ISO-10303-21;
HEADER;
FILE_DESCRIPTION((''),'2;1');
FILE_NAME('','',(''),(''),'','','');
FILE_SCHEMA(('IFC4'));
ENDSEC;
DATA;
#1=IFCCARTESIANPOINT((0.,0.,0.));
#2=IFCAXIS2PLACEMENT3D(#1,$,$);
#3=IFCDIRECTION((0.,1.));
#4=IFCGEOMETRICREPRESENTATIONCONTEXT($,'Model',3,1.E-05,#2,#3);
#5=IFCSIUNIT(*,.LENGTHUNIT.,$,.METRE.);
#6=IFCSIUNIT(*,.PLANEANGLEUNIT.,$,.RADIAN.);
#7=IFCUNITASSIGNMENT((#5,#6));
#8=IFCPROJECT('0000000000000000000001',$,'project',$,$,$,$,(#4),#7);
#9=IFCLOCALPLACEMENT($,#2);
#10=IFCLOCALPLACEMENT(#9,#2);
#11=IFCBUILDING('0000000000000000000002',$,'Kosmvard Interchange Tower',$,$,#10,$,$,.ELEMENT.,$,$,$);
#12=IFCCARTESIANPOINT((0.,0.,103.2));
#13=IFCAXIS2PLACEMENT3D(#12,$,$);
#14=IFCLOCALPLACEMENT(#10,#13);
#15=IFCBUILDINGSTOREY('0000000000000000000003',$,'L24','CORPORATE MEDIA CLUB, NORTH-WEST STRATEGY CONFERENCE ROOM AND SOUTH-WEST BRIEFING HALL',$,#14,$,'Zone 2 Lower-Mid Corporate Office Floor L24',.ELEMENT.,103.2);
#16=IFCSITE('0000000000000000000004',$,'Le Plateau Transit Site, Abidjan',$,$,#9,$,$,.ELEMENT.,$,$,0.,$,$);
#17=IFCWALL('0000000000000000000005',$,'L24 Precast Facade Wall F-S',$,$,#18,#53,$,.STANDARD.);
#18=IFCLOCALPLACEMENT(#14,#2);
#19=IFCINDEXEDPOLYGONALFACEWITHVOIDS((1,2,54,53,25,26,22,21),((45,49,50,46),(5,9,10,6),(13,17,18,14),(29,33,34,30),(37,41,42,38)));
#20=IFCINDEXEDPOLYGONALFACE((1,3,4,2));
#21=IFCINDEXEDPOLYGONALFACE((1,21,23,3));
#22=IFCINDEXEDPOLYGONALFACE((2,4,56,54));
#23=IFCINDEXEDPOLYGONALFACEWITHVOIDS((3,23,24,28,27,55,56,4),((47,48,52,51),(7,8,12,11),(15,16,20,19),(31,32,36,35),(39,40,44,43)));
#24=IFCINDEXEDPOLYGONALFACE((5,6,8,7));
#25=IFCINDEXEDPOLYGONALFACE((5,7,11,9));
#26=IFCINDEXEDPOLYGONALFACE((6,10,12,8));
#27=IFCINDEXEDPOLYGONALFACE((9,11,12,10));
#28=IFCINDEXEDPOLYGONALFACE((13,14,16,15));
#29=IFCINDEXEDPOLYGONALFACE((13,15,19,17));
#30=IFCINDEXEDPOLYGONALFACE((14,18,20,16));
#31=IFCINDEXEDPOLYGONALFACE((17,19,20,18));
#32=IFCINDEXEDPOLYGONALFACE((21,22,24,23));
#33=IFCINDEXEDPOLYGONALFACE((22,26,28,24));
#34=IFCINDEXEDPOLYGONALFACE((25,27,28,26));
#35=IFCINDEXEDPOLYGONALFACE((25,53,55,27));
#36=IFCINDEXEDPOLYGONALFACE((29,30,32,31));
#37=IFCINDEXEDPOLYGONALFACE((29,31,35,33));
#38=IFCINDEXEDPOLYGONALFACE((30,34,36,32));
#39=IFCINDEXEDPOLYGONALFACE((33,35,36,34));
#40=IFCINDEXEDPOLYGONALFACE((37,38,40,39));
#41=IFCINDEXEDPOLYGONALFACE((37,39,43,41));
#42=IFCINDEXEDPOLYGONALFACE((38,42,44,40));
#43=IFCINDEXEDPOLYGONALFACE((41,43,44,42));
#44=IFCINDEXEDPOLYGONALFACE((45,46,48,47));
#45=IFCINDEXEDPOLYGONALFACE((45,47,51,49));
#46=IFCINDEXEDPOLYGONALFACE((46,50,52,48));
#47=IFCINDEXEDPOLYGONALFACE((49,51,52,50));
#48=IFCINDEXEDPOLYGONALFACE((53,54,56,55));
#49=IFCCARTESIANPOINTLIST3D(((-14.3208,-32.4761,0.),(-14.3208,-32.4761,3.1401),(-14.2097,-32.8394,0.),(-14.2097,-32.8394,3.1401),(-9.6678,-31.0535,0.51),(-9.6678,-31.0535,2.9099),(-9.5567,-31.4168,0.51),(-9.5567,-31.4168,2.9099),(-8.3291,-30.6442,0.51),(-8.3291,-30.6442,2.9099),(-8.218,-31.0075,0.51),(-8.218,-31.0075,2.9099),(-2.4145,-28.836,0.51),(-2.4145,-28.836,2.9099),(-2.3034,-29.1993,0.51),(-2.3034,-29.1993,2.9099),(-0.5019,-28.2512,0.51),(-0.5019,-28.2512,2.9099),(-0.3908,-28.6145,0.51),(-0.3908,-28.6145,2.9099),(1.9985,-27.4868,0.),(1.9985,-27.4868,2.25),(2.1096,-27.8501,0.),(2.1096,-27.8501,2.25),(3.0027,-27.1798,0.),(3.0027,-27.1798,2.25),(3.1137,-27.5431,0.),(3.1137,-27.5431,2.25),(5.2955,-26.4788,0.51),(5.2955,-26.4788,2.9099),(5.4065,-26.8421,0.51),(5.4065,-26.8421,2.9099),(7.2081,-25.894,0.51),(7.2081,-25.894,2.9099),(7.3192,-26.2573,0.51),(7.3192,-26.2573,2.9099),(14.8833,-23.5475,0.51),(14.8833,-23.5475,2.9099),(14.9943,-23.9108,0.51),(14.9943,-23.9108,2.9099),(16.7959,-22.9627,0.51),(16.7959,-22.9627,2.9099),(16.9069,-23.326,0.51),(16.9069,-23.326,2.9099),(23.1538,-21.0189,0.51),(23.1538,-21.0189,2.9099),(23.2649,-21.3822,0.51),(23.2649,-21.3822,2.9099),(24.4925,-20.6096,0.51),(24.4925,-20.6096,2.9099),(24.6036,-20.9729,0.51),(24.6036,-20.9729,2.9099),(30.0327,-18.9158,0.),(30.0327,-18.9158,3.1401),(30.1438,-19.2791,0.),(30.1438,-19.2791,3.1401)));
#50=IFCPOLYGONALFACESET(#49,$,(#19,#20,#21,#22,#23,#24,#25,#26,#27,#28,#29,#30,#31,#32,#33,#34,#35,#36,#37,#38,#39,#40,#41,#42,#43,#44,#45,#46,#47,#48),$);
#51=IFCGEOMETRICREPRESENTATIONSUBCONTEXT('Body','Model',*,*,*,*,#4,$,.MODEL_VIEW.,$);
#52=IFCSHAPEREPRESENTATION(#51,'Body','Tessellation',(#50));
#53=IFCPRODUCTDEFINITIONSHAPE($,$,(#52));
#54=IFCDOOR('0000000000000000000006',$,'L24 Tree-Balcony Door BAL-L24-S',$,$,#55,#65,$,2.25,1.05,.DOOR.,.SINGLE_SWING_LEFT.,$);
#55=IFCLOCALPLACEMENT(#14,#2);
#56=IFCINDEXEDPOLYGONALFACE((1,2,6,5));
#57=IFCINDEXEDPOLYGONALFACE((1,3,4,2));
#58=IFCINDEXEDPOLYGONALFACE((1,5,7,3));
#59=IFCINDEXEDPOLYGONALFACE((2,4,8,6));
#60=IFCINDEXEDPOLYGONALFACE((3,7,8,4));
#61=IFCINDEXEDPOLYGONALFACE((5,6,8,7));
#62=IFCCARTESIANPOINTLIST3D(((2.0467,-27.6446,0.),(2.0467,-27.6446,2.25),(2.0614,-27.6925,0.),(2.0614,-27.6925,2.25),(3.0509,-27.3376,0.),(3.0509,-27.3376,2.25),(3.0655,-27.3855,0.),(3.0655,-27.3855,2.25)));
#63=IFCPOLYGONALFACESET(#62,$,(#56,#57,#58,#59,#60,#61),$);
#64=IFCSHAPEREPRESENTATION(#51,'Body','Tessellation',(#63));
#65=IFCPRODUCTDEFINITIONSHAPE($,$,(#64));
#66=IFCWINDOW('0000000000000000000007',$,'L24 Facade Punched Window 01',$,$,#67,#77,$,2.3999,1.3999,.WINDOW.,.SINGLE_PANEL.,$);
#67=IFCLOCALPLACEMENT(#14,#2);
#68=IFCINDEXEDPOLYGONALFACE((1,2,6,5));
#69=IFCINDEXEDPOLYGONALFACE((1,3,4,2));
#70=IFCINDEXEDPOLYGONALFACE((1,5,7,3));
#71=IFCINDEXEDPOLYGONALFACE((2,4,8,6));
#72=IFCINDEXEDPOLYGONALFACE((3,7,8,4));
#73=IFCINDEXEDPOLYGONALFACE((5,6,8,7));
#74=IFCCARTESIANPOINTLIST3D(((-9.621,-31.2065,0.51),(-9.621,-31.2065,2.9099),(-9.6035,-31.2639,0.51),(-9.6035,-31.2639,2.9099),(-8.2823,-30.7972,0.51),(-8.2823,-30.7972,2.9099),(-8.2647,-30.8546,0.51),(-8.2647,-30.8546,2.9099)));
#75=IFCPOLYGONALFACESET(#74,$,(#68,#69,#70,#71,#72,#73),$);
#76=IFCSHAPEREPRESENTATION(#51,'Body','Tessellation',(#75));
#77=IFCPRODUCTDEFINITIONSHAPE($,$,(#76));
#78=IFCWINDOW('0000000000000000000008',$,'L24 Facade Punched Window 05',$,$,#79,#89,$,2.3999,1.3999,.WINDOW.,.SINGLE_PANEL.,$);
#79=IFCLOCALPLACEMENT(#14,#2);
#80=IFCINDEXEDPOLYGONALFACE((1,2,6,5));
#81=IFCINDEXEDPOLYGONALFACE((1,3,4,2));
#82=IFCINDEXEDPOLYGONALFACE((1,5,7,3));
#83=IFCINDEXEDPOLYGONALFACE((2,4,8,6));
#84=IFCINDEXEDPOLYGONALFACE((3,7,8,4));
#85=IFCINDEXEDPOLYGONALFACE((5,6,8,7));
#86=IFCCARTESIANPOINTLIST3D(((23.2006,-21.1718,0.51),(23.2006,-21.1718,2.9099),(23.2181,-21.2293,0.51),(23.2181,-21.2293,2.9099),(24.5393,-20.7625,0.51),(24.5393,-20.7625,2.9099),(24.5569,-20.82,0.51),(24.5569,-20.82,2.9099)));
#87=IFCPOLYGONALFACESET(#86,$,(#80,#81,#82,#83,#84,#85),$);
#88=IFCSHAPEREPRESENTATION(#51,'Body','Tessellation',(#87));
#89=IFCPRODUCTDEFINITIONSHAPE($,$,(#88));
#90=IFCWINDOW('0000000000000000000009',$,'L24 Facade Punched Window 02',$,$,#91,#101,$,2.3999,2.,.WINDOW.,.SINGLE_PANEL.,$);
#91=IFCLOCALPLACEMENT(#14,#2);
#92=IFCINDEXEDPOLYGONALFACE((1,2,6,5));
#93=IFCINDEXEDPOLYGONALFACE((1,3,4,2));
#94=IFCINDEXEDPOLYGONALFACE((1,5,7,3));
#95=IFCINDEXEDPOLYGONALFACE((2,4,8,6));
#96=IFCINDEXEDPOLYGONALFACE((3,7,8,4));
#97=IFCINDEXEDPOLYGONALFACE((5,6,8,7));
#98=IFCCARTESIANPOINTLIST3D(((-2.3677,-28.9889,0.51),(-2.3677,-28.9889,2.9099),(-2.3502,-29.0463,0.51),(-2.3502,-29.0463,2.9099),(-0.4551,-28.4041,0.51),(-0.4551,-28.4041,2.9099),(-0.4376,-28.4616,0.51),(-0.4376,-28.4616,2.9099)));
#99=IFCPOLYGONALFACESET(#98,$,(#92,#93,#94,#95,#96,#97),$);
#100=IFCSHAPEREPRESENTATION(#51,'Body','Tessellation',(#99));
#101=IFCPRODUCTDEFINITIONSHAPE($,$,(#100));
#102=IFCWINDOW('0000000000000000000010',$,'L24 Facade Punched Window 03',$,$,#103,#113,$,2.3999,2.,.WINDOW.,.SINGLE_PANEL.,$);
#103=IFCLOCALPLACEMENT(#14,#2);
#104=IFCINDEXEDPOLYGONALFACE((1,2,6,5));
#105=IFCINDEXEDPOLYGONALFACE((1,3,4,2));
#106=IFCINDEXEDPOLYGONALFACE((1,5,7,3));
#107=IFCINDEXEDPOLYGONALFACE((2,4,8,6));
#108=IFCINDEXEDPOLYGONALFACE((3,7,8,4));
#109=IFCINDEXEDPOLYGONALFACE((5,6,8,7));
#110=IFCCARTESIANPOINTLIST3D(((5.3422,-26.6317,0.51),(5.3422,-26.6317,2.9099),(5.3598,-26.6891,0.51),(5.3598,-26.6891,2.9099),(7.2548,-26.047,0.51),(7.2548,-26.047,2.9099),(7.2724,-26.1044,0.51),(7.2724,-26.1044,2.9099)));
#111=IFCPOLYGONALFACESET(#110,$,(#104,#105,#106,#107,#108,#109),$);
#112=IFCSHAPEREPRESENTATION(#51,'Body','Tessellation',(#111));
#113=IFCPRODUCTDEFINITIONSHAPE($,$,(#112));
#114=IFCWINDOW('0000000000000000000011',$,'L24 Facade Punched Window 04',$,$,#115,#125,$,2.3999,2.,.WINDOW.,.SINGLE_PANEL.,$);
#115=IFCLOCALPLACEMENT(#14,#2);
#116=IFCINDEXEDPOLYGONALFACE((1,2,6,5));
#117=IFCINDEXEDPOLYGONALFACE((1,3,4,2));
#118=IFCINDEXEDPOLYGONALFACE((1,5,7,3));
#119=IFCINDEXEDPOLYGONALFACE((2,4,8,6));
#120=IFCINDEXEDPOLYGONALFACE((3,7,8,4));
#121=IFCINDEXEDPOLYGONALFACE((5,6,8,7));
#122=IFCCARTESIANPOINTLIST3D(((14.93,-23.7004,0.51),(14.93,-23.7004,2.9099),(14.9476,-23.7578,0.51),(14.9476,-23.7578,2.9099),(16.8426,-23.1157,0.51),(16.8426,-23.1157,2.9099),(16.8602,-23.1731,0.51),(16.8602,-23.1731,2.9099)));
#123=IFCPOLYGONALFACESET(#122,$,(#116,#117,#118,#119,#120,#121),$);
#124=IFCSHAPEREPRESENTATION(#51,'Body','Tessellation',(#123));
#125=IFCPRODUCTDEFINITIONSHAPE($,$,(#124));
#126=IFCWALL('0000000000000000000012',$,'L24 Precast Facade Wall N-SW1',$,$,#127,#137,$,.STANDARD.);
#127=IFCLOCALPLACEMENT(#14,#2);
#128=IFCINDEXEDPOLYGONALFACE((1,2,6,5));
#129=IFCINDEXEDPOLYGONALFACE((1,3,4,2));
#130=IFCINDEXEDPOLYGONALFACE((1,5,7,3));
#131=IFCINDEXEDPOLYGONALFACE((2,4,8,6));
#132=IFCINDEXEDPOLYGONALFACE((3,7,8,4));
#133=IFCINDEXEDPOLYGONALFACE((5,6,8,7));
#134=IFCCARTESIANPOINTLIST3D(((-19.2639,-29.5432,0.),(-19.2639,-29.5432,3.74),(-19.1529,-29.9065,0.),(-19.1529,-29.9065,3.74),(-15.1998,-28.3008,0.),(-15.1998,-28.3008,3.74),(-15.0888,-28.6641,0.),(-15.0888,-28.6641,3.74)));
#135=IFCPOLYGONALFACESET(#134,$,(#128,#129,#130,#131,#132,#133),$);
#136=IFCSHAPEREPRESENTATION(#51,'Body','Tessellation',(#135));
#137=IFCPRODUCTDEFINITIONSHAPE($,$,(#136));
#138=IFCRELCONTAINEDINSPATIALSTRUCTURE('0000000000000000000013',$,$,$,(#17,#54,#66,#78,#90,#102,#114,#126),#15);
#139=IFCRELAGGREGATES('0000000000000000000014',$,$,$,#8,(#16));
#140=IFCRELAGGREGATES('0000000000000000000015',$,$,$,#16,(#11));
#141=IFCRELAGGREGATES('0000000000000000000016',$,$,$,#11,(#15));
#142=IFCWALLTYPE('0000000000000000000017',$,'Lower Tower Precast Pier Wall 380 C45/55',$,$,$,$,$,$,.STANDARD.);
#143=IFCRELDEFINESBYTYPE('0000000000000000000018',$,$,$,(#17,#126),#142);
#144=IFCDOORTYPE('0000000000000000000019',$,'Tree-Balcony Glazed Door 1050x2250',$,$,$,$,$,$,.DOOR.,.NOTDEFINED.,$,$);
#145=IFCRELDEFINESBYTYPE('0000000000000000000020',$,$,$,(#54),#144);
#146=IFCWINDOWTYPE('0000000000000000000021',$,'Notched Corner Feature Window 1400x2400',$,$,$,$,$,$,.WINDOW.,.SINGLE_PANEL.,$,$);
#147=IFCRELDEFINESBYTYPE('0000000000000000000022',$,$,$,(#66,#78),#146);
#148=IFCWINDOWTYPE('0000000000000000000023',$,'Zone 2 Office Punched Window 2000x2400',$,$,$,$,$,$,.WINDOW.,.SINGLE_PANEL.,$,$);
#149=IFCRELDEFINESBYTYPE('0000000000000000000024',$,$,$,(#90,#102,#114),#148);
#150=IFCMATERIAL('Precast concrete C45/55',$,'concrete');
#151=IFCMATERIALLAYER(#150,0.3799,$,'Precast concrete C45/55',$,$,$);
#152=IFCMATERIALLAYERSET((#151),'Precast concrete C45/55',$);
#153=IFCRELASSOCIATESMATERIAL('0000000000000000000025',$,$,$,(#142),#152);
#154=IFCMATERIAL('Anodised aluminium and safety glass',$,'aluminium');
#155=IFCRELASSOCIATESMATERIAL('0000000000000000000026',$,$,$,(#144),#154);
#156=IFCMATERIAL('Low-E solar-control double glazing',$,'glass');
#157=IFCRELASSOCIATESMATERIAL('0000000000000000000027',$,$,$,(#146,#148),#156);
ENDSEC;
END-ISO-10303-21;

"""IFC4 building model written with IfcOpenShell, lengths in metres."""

from ifc_helpers import new_model, si_unit, direction, frame, frame_2d, origin, place, context, subcontext, project, spatial, rectangle, extrude, source, transform, mapped, material, layer, layer_set, type_object, element, fill, save


model = new_model("IFC4")

# Units and contexts
model_context = context("Model", 3, precision=1e-05, world=origin(), true_north=direction((0.0, 1.0)))
body_context = subcontext(model_context, "Body", "Model", "MODEL_VIEW")
ifc_project = project(units=[si_unit("LENGTHUNIT", "METRE"), si_unit("PLANEANGLEUNIT", "RADIAN")], contexts=[model_context])

# Site, building, storey
site_placement = place(None, origin())
site = spatial("IfcSite", under=ifc_project, at=site_placement, Name="Le Plateau Transit Site, Abidjan", CompositionType="ELEMENT", RefElevation=0.0)
building_placement = place(site_placement, origin())
building = spatial("IfcBuilding", under=site, at=building_placement, Name="Kosmvard Interchange Tower", CompositionType="ELEMENT")
storey_placement = place(building_placement, frame((0.0, 0.0, 103.2)))
storey = spatial("IfcBuildingStorey", under=building, at=storey_placement, Name="L24", Description="CORPORATE MEDIA CLUB, NORTH-WEST STRATEGY CONFERENCE ROOM AND SOUTH-WEST BRIEFING HALL", LongName="Zone 2 Lower-Mid Corporate Office Floor L24", CompositionType="ELEMENT", Elevation=103.2)

# Shared definitions
ifc_material_1 = material(Name="Precast concrete C45/55", Category="concrete")

# Wall, openings, door, windows
ifc_layer_1 = layer(ifc_material_1, 0.3799, Name="Precast concrete C45/55")
ifc_layer_set_1 = layer_set([ifc_layer_1], Name="Precast concrete C45/55")
wall_type_1 = type_object("IfcWallType", Name="Lower Tower Precast Pier Wall 380 C45/55", PredefinedType="STANDARD", material=ifc_layer_set_1)
wall_1_placement = place(storey_placement, frame((-14.2651, -32.6577, 0.0), z_axis=(0.0, 0.0, 1.0), x_axis=(0.956304, 0.292373, 0.0)))
wall_1 = element("IfcWall", 1, at=wall_1_placement, inside=storey, type_object=wall_type_1, Name="L24 Precast Facade Wall F-S", PredefinedType="STANDARD", context=body_context, shape_type="SweptSolid", body=[
    extrude(rectangle(XDim=46.3801, YDim=0.3799, at=frame_2d((23.1899, 0.0))), origin(), (0.0, 0.0, 1.0), 3.1401),
])
opening_1_placement = place(wall_1_placement, frame((17.0649, 0.0, 0.0)))
opening_1 = element("IfcOpeningElement", 2, at=opening_1_placement, cuts=wall_1, PredefinedType="OPENING", context=body_context, shape_type="SweptSolid", body=[
    extrude(rectangle(XDim=1.05, YDim=2.25, at=frame_2d((0.5249, 1.125))), frame((0.0, 0.2, 0.0), z_axis=(0.0, -1.0, 0.0), x_axis=(1.0, 0.0, 0.0)), (0.0, 0.0, 1.0), 0.3999),
])
opening_2_placement = place(wall_1_placement, frame((4.8655, 0.0, 0.51)))
opening_2 = element("IfcOpeningElement", 3, at=opening_2_placement, cuts=wall_1, PredefinedType="OPENING", context=body_context, shape_type="SweptSolid", body=[
    extrude(rectangle(XDim=1.3999, YDim=2.3999, at=frame_2d((0.7, 1.2))), frame((0.0, 0.2, 0.0), z_axis=(0.0, -1.0, 0.0), x_axis=(1.0, 0.0, 0.0)), (0.0, 0.0, 1.0), 0.3999),
])
opening_3_placement = place(wall_1_placement, frame((12.4502, 0.0, 0.51)))
opening_3 = element("IfcOpeningElement", 4, at=opening_3_placement, cuts=wall_1, PredefinedType="OPENING", context=body_context, shape_type="SweptSolid", body=[
    extrude(rectangle(XDim=2.0, YDim=2.3999, at=frame_2d((1.0, 1.2))), frame((0.0, 0.2, 0.0), z_axis=(0.0, -1.0, 0.0), x_axis=(1.0, 0.0, 0.0)), (0.0, 0.0, 1.0), 0.3999),
])
opening_4_placement = place(wall_1_placement, frame((20.5125, 0.0, 0.51)))
opening_4 = element("IfcOpeningElement", 5, at=opening_4_placement, cuts=wall_1, PredefinedType="OPENING", context=body_context, shape_type="SweptSolid", body=[
    extrude(rectangle(XDim=2.0, YDim=2.3999, at=frame_2d((1.0, 1.2))), frame((0.0, 0.2, 0.0), z_axis=(0.0, -1.0, 0.0), x_axis=(1.0, 0.0, 0.0)), (0.0, 0.0, 1.0), 0.3999),
])
opening_5_placement = place(wall_1_placement, frame((30.5383, 0.0, 0.51)))
opening_5 = element("IfcOpeningElement", 6, at=opening_5_placement, cuts=wall_1, PredefinedType="OPENING", context=body_context, shape_type="SweptSolid", body=[
    extrude(rectangle(XDim=2.0, YDim=2.3999, at=frame_2d((1.0, 1.2))), frame((0.0, 0.2, 0.0), z_axis=(0.0, -1.0, 0.0), x_axis=(1.0, 0.0, 0.0)), (0.0, 0.0, 1.0), 0.3999),
])
opening_6_placement = place(wall_1_placement, frame((39.1868, 0.0, 0.51)))
opening_6 = element("IfcOpeningElement", 7, at=opening_6_placement, cuts=wall_1, PredefinedType="OPENING", context=body_context, shape_type="SweptSolid", body=[
    extrude(rectangle(XDim=1.3999, YDim=2.3999, at=frame_2d((0.7, 1.2))), frame((0.0, 0.2, 0.0), z_axis=(0.0, -1.0, 0.0), x_axis=(1.0, 0.0, 0.0)), (0.0, 0.0, 1.0), 0.3999),
])
ifc_material_2 = material(Name="Anodised aluminium and safety glass", Category="aluminium")
door_type = type_object("IfcDoorType", Name="Tree-Balcony Glazed Door 1050x2250", OperationType="NOTDEFINED", PredefinedType="DOOR", material=ifc_material_2)
shared_shape_1 = source(origin(), body_context, "Body", "SweptSolid", [
    extrude(rectangle(XDim=1.05, YDim=2.25, at=frame_2d((0.5249, 1.125))), frame((0.0, 0.0249, 0.0), z_axis=(0.0, -1.0, 0.0), x_axis=(1.0, 0.0, 0.0)), (0.0, 0.0, 1.0), 0.05),
])
door_placement = place(opening_1_placement, origin())
door = element("IfcDoor", 8, at=door_placement, inside=storey, type_object=door_type, Name="L24 Tree-Balcony Door BAL-L24-S", OperationType="SINGLE_SWING_LEFT", OverallHeight=2.25, OverallWidth=1.05, PredefinedType="DOOR", context=body_context, shape_type="MappedRepresentation", body=[
    mapped(shared_shape_1, transform((0.0, 0.0, 0.0), scale=1.0)),
])
fill(opening_1, door)
ifc_material_3 = material(Name="Low-E solar-control double glazing", Category="glass")
window_type_1 = type_object("IfcWindowType", Name="Notched Corner Feature Window 1400x2400", PartitioningType="SINGLE_PANEL", PredefinedType="WINDOW", material=ifc_material_3)
shared_shape_2 = source(origin(), body_context, "Body", "SweptSolid", [
    extrude(rectangle(XDim=1.3999, YDim=2.3999, at=frame_2d((0.7, 1.2))), frame((0.0, 0.03, 0.0), z_axis=(0.0, -1.0, 0.0), x_axis=(1.0, 0.0, 0.0)), (0.0, 0.0, 1.0), 0.0601),
])
window_1_placement = place(opening_2_placement, origin())
window_1 = element("IfcWindow", 9, at=window_1_placement, inside=storey, type_object=window_type_1, Name="L24 Facade Punched Window 01", OverallHeight=2.3999, OverallWidth=1.3999, PartitioningType="SINGLE_PANEL", PredefinedType="WINDOW", context=body_context, shape_type="MappedRepresentation", body=[
    mapped(shared_shape_2, transform((0.0, 0.0, 0.0), scale=1.0)),
])
fill(opening_2, window_1)
window_2_placement = place(opening_6_placement, origin())
window_2 = element("IfcWindow", 10, at=window_2_placement, inside=storey, type_object=window_type_1, Name="L24 Facade Punched Window 05", OverallHeight=2.3999, OverallWidth=1.3999, PartitioningType="SINGLE_PANEL", PredefinedType="WINDOW", context=body_context, shape_type="MappedRepresentation", body=[
    mapped(shared_shape_2, transform((0.0, 0.0, 0.0), scale=1.0)),
])
fill(opening_6, window_2)
window_type_2 = type_object("IfcWindowType", Name="Zone 2 Office Punched Window 2000x2400", PartitioningType="SINGLE_PANEL", PredefinedType="WINDOW", material=ifc_material_3)
shared_shape_3 = source(origin(), body_context, "Body", "SweptSolid", [
    extrude(rectangle(XDim=2.0, YDim=2.3999, at=frame_2d((1.0, 1.2))), frame((0.0, 0.03, 0.0), z_axis=(0.0, -1.0, 0.0), x_axis=(1.0, 0.0, 0.0)), (0.0, 0.0, 1.0), 0.0601),
])
window_3_placement = place(opening_3_placement, origin())
window_3 = element("IfcWindow", 11, at=window_3_placement, inside=storey, type_object=window_type_2, Name="L24 Facade Punched Window 02", OverallHeight=2.3999, OverallWidth=2.0, PartitioningType="SINGLE_PANEL", PredefinedType="WINDOW", context=body_context, shape_type="MappedRepresentation", body=[
    mapped(shared_shape_3, transform((0.0, 0.0, 0.0), scale=1.0)),
])
fill(opening_3, window_3)
window_4_placement = place(opening_4_placement, origin())
window_4 = element("IfcWindow", 12, at=window_4_placement, inside=storey, type_object=window_type_2, Name="L24 Facade Punched Window 03", OverallHeight=2.3999, OverallWidth=2.0, PartitioningType="SINGLE_PANEL", PredefinedType="WINDOW", context=body_context, shape_type="MappedRepresentation", body=[
    mapped(shared_shape_3, transform((0.0, 0.0, 0.0), scale=1.0)),
])
fill(opening_4, window_4)
window_5_placement = place(opening_5_placement, origin())
window_5 = element("IfcWindow", 13, at=window_5_placement, inside=storey, type_object=window_type_2, Name="L24 Facade Punched Window 04", OverallHeight=2.3999, OverallWidth=2.0, PartitioningType="SINGLE_PANEL", PredefinedType="WINDOW", context=body_context, shape_type="MappedRepresentation", body=[
    mapped(shared_shape_3, transform((0.0, 0.0, 0.0), scale=1.0)),
])
fill(opening_5, window_5)

# Wall
wall_2_placement = place(storey_placement, frame((-19.2085, -29.7249, 0.0), z_axis=(0.0, 0.0, 1.0), x_axis=(0.956313, 0.292346, 0.0)))
element("IfcWall", 14, at=wall_2_placement, inside=storey, type_object=wall_type_1, Name="L24 Precast Facade Wall N-SW1", PredefinedType="STANDARD", context=body_context, shape_type="SweptSolid", body=[
    extrude(rectangle(XDim=4.2498, YDim=0.3799, at=frame_2d((2.125, 0.0))), origin(), (0.0, 0.0, 1.0), 3.74),
])

save(model, "model.ifc")
